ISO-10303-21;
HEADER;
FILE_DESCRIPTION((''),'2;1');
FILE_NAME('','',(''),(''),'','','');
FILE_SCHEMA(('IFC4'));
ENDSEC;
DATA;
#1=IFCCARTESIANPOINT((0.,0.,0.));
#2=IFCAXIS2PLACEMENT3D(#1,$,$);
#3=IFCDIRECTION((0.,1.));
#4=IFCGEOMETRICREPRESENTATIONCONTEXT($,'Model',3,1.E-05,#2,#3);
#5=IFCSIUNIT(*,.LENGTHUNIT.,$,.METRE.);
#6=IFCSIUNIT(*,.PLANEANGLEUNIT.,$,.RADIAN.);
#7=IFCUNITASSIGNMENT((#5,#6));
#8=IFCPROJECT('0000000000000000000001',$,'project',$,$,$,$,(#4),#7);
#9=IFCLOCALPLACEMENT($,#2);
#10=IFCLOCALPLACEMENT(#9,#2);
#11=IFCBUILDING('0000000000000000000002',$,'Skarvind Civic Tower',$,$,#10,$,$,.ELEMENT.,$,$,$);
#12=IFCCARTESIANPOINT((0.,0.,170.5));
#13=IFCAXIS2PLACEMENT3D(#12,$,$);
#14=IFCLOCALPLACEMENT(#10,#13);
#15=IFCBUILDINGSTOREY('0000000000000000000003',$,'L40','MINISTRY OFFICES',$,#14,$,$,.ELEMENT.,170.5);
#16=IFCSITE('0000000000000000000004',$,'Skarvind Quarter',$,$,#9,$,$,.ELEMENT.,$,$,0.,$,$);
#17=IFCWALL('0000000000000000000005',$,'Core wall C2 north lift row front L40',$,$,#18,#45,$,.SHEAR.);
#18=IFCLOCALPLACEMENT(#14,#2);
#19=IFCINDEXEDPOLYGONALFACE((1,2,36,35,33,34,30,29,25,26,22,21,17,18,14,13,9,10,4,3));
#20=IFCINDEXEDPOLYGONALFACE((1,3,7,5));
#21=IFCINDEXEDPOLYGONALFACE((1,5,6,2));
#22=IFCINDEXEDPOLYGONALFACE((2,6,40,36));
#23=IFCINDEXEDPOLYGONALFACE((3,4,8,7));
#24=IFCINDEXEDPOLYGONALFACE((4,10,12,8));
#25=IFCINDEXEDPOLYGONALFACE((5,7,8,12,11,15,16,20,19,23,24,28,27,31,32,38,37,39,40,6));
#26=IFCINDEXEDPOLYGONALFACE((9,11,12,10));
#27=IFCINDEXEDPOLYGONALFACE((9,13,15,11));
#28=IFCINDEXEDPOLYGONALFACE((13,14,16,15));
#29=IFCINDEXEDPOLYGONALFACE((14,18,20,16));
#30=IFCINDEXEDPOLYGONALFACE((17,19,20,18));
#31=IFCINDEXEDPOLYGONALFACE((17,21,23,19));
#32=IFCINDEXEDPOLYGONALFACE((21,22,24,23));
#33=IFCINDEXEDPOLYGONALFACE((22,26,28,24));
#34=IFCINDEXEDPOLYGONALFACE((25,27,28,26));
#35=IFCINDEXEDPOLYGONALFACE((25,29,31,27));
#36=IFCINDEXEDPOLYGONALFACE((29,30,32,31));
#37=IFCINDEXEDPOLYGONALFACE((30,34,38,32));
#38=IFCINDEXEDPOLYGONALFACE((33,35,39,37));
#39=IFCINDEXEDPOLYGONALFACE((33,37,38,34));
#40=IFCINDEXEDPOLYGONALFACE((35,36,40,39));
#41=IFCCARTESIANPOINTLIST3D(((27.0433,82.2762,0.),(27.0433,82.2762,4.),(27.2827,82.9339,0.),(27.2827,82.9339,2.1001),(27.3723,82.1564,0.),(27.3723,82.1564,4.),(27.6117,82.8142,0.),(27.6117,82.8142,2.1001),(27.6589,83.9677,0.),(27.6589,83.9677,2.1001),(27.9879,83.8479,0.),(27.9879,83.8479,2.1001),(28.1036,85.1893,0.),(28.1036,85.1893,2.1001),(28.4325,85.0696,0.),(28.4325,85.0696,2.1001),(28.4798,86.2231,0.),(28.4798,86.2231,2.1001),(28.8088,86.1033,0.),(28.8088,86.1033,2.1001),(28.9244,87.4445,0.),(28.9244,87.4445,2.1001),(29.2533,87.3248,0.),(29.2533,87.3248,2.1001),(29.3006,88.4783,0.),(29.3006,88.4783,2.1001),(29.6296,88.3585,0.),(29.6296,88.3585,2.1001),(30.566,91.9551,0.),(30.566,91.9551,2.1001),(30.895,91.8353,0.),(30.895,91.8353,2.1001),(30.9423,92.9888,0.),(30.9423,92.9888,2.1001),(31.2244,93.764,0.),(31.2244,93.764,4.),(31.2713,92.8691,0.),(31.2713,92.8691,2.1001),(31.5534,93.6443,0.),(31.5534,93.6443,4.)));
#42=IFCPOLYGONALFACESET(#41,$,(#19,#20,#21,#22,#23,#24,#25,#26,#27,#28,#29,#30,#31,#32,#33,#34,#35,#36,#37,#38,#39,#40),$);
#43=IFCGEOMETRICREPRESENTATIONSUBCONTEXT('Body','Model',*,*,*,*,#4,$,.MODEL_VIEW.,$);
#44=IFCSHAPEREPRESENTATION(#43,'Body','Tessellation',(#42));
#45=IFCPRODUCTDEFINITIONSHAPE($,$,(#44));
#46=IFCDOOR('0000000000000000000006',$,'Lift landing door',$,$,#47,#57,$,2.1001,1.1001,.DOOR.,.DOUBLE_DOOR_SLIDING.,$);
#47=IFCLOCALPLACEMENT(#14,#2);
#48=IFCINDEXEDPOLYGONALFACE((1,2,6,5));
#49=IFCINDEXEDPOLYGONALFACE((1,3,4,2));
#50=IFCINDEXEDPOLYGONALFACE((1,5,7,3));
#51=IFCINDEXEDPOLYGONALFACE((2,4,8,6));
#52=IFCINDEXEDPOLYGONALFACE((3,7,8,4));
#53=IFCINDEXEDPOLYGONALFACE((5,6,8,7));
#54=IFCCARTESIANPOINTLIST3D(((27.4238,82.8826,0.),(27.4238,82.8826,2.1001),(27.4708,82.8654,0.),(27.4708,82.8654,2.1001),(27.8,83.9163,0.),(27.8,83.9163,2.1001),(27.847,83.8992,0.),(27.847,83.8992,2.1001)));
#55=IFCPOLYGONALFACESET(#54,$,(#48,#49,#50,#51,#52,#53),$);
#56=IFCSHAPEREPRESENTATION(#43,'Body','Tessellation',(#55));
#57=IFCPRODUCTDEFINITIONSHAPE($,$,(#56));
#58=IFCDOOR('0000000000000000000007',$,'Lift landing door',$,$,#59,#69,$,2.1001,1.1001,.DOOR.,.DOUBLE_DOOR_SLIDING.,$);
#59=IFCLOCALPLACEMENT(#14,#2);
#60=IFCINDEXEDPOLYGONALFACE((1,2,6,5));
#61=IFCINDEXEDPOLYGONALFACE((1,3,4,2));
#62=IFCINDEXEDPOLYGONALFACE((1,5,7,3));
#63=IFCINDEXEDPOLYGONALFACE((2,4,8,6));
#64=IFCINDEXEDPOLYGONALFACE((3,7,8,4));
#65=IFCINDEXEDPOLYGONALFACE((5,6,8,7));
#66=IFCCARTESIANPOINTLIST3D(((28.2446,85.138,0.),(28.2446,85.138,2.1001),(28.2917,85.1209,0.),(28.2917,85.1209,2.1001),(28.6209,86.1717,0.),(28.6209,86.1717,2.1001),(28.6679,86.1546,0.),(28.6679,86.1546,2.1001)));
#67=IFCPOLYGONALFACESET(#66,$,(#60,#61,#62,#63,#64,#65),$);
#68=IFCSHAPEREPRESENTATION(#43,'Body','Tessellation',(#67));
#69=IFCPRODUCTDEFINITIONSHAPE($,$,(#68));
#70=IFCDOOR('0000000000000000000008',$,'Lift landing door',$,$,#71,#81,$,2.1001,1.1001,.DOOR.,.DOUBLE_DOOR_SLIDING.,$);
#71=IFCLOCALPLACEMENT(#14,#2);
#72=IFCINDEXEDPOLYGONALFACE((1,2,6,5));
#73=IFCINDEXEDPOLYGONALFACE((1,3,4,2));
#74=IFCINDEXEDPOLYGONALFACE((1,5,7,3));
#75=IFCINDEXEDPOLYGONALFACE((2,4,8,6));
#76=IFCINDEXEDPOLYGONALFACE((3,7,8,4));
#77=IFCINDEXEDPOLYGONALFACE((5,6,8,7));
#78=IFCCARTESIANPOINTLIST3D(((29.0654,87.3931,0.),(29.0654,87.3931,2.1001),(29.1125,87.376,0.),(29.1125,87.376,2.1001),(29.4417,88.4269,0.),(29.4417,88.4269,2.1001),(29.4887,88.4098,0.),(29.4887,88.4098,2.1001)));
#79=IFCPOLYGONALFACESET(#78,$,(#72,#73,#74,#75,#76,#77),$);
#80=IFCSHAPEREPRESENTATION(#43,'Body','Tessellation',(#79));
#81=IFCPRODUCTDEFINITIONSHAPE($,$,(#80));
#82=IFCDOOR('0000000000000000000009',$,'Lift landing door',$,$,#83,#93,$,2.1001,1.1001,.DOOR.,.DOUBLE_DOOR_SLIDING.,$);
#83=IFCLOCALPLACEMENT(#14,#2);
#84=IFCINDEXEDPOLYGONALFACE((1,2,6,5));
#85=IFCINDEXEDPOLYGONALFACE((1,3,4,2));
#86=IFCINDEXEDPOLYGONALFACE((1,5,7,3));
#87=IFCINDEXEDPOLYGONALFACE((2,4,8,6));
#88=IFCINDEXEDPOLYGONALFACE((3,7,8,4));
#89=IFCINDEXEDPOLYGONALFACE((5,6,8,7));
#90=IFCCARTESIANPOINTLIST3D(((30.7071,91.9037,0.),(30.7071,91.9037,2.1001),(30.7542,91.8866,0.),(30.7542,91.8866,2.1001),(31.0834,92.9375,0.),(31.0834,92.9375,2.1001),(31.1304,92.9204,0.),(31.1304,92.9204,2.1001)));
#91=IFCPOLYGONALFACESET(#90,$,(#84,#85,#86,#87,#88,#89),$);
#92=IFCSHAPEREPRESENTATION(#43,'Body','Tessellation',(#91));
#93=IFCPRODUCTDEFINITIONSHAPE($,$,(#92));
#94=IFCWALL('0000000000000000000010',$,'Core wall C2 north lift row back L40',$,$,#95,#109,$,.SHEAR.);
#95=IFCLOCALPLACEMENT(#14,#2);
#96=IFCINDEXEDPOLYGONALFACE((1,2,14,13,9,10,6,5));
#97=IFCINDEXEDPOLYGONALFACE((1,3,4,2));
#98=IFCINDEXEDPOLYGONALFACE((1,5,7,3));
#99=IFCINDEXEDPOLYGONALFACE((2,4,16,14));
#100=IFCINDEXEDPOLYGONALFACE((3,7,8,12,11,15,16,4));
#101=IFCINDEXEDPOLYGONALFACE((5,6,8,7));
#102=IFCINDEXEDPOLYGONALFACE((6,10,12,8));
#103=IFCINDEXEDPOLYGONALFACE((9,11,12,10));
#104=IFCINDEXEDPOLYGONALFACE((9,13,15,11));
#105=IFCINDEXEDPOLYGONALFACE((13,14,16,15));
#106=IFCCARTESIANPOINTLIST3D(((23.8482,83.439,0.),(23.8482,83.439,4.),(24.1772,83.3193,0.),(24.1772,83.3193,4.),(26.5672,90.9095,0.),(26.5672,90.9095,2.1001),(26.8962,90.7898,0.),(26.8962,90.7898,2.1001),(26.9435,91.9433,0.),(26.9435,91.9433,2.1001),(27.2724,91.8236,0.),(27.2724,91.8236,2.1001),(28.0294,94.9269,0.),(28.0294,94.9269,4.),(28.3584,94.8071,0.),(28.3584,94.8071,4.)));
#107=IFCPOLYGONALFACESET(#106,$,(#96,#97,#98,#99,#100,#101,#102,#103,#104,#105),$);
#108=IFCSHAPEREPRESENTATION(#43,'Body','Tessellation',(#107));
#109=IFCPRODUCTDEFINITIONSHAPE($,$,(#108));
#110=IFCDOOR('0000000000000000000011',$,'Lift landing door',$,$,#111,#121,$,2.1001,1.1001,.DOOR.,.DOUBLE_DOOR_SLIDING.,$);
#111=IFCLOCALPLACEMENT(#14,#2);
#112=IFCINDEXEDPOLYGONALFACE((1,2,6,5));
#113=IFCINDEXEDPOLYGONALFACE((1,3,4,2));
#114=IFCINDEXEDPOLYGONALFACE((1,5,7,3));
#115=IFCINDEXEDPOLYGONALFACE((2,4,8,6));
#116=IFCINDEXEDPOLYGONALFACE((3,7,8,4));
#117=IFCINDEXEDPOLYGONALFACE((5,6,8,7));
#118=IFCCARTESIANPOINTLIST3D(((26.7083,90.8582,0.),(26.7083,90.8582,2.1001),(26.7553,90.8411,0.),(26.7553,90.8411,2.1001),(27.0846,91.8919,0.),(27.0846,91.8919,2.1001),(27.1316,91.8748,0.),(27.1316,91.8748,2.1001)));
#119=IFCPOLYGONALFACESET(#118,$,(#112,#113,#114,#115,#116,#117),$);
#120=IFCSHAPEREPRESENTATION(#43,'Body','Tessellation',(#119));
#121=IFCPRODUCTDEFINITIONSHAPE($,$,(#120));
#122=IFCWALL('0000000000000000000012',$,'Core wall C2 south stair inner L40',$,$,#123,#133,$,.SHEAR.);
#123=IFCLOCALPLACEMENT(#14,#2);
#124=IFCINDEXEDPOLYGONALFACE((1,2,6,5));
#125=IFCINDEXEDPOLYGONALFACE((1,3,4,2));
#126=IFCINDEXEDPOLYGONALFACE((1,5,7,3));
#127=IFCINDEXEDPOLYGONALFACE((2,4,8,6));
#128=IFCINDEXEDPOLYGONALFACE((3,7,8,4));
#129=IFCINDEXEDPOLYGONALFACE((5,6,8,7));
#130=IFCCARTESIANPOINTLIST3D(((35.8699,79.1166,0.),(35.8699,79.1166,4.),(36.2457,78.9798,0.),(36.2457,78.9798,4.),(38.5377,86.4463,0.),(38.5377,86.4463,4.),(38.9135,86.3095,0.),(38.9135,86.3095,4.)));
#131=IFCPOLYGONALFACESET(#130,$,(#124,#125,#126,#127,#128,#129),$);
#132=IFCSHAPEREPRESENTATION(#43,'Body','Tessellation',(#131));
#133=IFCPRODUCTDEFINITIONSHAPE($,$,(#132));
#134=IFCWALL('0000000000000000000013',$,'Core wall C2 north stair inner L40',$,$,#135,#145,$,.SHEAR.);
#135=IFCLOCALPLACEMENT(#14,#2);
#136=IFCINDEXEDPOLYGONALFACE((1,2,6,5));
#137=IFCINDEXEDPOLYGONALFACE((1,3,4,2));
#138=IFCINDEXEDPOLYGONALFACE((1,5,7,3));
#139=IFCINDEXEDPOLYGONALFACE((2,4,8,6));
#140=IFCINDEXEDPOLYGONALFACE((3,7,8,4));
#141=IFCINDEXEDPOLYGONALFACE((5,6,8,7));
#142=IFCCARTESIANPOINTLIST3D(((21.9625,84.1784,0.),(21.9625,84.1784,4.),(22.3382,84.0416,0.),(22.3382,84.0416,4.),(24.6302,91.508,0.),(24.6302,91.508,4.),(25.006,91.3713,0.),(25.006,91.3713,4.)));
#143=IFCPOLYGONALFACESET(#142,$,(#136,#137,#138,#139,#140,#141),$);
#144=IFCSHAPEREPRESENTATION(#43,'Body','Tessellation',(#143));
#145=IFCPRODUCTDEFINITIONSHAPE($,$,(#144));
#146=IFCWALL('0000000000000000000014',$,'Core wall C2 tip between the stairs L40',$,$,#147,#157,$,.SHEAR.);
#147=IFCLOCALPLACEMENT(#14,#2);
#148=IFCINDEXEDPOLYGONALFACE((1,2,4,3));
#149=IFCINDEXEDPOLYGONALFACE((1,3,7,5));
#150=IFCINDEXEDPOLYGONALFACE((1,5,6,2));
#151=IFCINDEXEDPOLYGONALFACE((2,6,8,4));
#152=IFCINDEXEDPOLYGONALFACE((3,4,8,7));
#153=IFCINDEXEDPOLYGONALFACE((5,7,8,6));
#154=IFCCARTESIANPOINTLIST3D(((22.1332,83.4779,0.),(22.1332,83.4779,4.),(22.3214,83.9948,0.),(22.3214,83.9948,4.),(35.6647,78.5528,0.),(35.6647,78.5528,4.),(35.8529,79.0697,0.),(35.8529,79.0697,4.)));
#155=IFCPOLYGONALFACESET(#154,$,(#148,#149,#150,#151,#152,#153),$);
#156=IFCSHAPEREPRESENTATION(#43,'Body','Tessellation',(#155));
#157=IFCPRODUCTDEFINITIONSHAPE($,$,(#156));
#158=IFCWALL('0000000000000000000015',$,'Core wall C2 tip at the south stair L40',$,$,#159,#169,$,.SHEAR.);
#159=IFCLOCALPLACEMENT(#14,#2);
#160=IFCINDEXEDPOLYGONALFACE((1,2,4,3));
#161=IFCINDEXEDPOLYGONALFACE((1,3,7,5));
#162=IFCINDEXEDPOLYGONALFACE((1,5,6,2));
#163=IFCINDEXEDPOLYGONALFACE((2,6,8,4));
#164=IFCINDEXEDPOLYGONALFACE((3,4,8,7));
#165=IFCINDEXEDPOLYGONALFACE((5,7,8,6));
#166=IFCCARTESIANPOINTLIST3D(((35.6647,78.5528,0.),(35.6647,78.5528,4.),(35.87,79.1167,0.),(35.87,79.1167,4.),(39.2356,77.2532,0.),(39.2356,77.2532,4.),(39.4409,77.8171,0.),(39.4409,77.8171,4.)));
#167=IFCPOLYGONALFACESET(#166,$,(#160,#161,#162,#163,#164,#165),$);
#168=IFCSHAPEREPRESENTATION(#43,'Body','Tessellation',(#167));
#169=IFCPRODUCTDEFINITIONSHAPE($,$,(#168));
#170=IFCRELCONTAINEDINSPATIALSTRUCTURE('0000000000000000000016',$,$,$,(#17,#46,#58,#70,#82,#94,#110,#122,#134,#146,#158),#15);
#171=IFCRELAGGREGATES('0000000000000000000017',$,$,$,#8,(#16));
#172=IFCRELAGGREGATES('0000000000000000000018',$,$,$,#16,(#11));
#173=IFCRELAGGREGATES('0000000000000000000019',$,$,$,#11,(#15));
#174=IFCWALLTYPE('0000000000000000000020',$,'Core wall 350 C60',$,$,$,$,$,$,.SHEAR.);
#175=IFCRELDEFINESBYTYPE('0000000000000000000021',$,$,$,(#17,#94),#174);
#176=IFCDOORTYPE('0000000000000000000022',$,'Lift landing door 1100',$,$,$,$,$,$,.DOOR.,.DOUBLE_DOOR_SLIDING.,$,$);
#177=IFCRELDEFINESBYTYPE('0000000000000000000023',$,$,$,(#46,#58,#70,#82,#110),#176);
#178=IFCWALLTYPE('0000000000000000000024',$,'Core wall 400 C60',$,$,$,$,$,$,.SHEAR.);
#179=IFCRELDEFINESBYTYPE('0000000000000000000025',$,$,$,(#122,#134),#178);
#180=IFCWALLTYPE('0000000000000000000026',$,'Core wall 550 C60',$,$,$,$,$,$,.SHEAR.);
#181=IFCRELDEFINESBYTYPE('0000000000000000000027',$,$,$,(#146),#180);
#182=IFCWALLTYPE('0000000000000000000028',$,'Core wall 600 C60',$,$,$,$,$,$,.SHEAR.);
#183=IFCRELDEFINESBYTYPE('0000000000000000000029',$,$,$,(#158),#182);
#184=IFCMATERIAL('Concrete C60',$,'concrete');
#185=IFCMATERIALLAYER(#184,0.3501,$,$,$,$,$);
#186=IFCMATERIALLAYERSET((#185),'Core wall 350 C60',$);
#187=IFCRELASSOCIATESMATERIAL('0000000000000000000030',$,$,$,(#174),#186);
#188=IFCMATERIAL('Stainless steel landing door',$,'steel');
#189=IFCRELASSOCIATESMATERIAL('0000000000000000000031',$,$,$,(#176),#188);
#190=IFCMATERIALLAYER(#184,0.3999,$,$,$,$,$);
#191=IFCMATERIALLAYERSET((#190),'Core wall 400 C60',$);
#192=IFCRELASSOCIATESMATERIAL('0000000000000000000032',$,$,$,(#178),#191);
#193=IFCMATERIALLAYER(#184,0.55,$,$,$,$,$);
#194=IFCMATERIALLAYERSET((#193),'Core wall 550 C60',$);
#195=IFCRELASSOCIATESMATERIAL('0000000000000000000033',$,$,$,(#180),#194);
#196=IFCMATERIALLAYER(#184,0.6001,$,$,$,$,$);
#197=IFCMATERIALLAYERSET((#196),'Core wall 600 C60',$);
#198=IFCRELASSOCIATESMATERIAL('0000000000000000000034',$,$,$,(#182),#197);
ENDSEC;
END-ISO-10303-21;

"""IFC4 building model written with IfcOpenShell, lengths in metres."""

from ifc_helpers import new_model, si_unit, direction, frame, frame_2d, origin, place, context, subcontext, project, spatial, rectangle, extrude, material, layer, layer_set, type_object, element, fill, save


model = new_model("IFC4")

# Units and contexts
model_context = context("Model", 3, precision=1e-05, world=origin(), true_north=direction((0.0, 1.0)))
body_context = subcontext(model_context, "Body", "Model", "MODEL_VIEW")
ifc_project = project(units=[si_unit("LENGTHUNIT", "METRE"), si_unit("PLANEANGLEUNIT", "RADIAN")], contexts=[model_context])

# Site, building, storey
site_placement = place(None, origin())
site = spatial("IfcSite", under=ifc_project, at=site_placement, Name="Skarvind Quarter", CompositionType="ELEMENT", RefElevation=0.0)
building_placement = place(site_placement, origin())
building = spatial("IfcBuilding", under=site, at=building_placement, Name="Skarvind Civic Tower", CompositionType="ELEMENT")
storey_placement = place(building_placement, frame((0.0, 0.0, 170.5)))
storey = spatial("IfcBuildingStorey", under=building, at=storey_placement, Name="L40", Description="MINISTRY OFFICES", CompositionType="ELEMENT", Elevation=170.5)

# Shared definitions
ifc_material_1 = material(Name="Concrete C60", Category="concrete")
ifc_layer_1 = layer(ifc_material_1, 0.3501)
ifc_layer_set_1 = layer_set([ifc_layer_1], Name="Core wall 350 C60")
wall_type_1 = type_object("IfcWallType", Name="Core wall 350 C60", PredefinedType="SHEAR", material=ifc_layer_set_1)

# Wall, openings, doors
wall_1_placement = place(storey_placement, frame((27.2078, 82.2163, 0.0), z_axis=(0.0, 0.0, 1.0), x_axis=(0.342016, 0.939694, 0.0)))
wall_1 = element("IfcWall", 1, at=wall_1_placement, inside=storey, type_object=wall_type_1, Name="Core wall C2 north lift row front L40", PredefinedType="SHEAR", context=body_context, shape_type="SweptSolid", body=[
    extrude(rectangle(XDim=12.2251, YDim=0.3501, at=frame_2d((6.1125, 0.0))), origin(), (0.0, 0.0, 1.0), 4.0),
])
opening_1_placement = place(wall_1_placement, frame((0.7, 0.0, 0.0)))
opening_1 = element("IfcOpeningElement", 2, at=opening_1_placement, cuts=wall_1, PredefinedType="OPENING", context=body_context, shape_type="SweptSolid", body=[
    extrude(rectangle(XDim=1.1001, YDim=2.1001, at=frame_2d((0.55, 1.05))), frame((0.0, 0.1851, 0.0), z_axis=(0.0, -1.0, 0.0), x_axis=(1.0, 0.0, 0.0)), (0.0, 0.0, 1.0), 0.3701),
])
opening_2_placement = place(wall_1_placement, frame((3.1001, 0.0, 0.0)))
opening_2 = element("IfcOpeningElement", 3, at=opening_2_placement, cuts=wall_1, PredefinedType="OPENING", context=body_context, shape_type="SweptSolid", body=[
    extrude(rectangle(XDim=1.1001, YDim=2.1001, at=frame_2d((0.55, 1.05))), frame((0.0, 0.1851, 0.0), z_axis=(0.0, -1.0, 0.0), x_axis=(1.0, 0.0, 0.0)), (0.0, 0.0, 1.0), 0.3701),
])
opening_3_placement = place(wall_1_placement, frame((5.5, 0.0, 0.0)))
opening_3 = element("IfcOpeningElement", 4, at=opening_3_placement, cuts=wall_1, PredefinedType="OPENING", context=body_context, shape_type="SweptSolid", body=[
    extrude(rectangle(XDim=1.1001, YDim=2.1001, at=frame_2d((0.55, 1.05))), frame((0.0, 0.1851, 0.0), z_axis=(0.0, -1.0, 0.0), x_axis=(1.0, 0.0, 0.0)), (0.0, 0.0, 1.0), 0.3701),
])
opening_4_placement = place(wall_1_placement, frame((10.3, 0.0, 0.0)))
opening_4 = element("IfcOpeningElement", 5, at=opening_4_placement, cuts=wall_1, PredefinedType="OPENING", context=body_context, shape_type="SweptSolid", body=[
    extrude(rectangle(XDim=1.1001, YDim=2.1001, at=frame_2d((0.55, 1.05))), frame((0.0, 0.1851, 0.0), z_axis=(0.0, -1.0, 0.0), x_axis=(1.0, 0.0, 0.0)), (0.0, 0.0, 1.0), 0.3701),
])
ifc_material_2 = material(Name="Stainless steel landing door", Category="steel")
door_type_1 = type_object("IfcDoorType", Name="Lift landing door 1100", OperationType="DOUBLE_DOOR_SLIDING", PredefinedType="DOOR", material=ifc_material_2)
door_1_placement = place(opening_1_placement, origin())
door_1 = element("IfcDoor", 6, at=door_1_placement, inside=storey, type_object=door_type_1, Name="Lift landing door", OperationType="DOUBLE_DOOR_SLIDING", OverallHeight=2.1001, OverallWidth=1.1001, PredefinedType="DOOR", context=body_context, shape_type="SweptSolid", body=[
    extrude(rectangle(XDim=1.1001, YDim=2.1001, at=frame_2d((0.55, 1.05))), frame((0.0, 0.0249, 0.0), z_axis=(0.0, -1.0, 0.0), x_axis=(1.0, 0.0, 0.0)), (0.0, 0.0, 1.0), 0.05),
])
fill(opening_1, door_1)
door_2_placement = place(opening_2_placement, origin())
door_2 = element("IfcDoor", 7, at=door_2_placement, inside=storey, type_object=door_type_1, Name="Lift landing door", OperationType="DOUBLE_DOOR_SLIDING", OverallHeight=2.1001, OverallWidth=1.1001, PredefinedType="DOOR", context=body_context, shape_type="SweptSolid", body=[
    extrude(rectangle(XDim=1.1001, YDim=2.1001, at=frame_2d((0.55, 1.05))), frame((0.0, 0.0249, 0.0), z_axis=(0.0, -1.0, 0.0), x_axis=(1.0, 0.0, 0.0)), (0.0, 0.0, 1.0), 0.05),
])
fill(opening_2, door_2)
door_3_placement = place(opening_3_placement, origin())
door_3 = element("IfcDoor", 8, at=door_3_placement, inside=storey, type_object=door_type_1, Name="Lift landing door", OperationType="DOUBLE_DOOR_SLIDING", OverallHeight=2.1001, OverallWidth=1.1001, PredefinedType="DOOR", context=body_context, shape_type="SweptSolid", body=[
    extrude(rectangle(XDim=1.1001, YDim=2.1001, at=frame_2d((0.55, 1.05))), frame((0.0, 0.0249, 0.0), z_axis=(0.0, -1.0, 0.0), x_axis=(1.0, 0.0, 0.0)), (0.0, 0.0, 1.0), 0.05),
])
fill(opening_3, door_3)
door_4_placement = place(opening_4_placement, origin())
door_4 = element("IfcDoor", 9, at=door_4_placement, inside=storey, type_object=door_type_1, Name="Lift landing door", OperationType="DOUBLE_DOOR_SLIDING", OverallHeight=2.1001, OverallWidth=1.1001, PredefinedType="DOOR", context=body_context, shape_type="SweptSolid", body=[
    extrude(rectangle(XDim=1.1001, YDim=2.1001, at=frame_2d((0.55, 1.05))), frame((0.0, 0.0249, 0.0), z_axis=(0.0, -1.0, 0.0), x_axis=(1.0, 0.0, 0.0)), (0.0, 0.0, 1.0), 0.05),
])
fill(opening_4, door_4)

# Wall, opening, door
wall_2_placement = place(storey_placement, frame((24.0127, 83.3792, 0.0), z_axis=(0.0, 0.0, 1.0), x_axis=(0.342016, 0.939694, 0.0)))
wall_2 = element("IfcWall", 10, at=wall_2_placement, inside=storey, type_object=wall_type_1, Name="Core wall C2 north lift row back L40", PredefinedType="SHEAR", context=body_context, shape_type="SweptSolid", body=[
    extrude(rectangle(XDim=12.2251, YDim=0.3501, at=frame_2d((6.1125, 0.0))), origin(), (0.0, 0.0, 1.0), 4.0),
])
opening_5_placement = place(wall_2_placement, frame((7.95, 0.0, 0.0)))
opening_5 = element("IfcOpeningElement", 11, at=opening_5_placement, cuts=wall_2, PredefinedType="OPENING", context=body_context, shape_type="SweptSolid", body=[
    extrude(rectangle(XDim=1.1001, YDim=2.1001, at=frame_2d((0.55, 1.05))), frame((0.0, 0.1851, 0.0), z_axis=(0.0, -1.0, 0.0), x_axis=(1.0, 0.0, 0.0)), (0.0, 0.0, 1.0), 0.3701),
])
door_5_placement = place(opening_5_placement, origin())
door_5 = element("IfcDoor", 12, at=door_5_placement, inside=storey, type_object=door_type_1, Name="Lift landing door", OperationType="DOUBLE_DOOR_SLIDING", OverallHeight=2.1001, OverallWidth=1.1001, PredefinedType="DOOR", context=body_context, shape_type="SweptSolid", body=[
    extrude(rectangle(XDim=1.1001, YDim=2.1001, at=frame_2d((0.55, 1.05))), frame((0.0, 0.0249, 0.0), z_axis=(0.0, -1.0, 0.0), x_axis=(1.0, 0.0, 0.0)), (0.0, 0.0, 1.0), 0.05),
])
fill(opening_5, door_5)

# Walls
ifc_layer_2 = layer(ifc_material_1, 0.3999)
ifc_layer_set_2 = layer_set([ifc_layer_2], Name="Core wall 400 C60")
wall_type_2 = type_object("IfcWallType", Name="Core wall 400 C60", PredefinedType="SHEAR", material=ifc_layer_set_2)
for number, where, z_axis, x_axis, name in (
    (13, (36.0579, 79.0483, 0.0), (0.0, 0.0, 1.0), (0.342017, 0.939694, 0.0), "Core wall C2 south stair inner L40"),
    (14, (22.1504, 84.1101, 0.0), (0.0, 0.0, 1.0), (0.342017, 0.939694, 0.0), "Core wall C2 north stair inner L40"),
):
    element("IfcWall", number, at=place(storey_placement, frame(where, z_axis=z_axis, x_axis=x_axis)), inside=storey, type_object=wall_type_2, Name=name, PredefinedType="SHEAR", context=body_context, shape_type="SweptSolid", body=[
        extrude(rectangle(XDim=7.8, YDim=0.3999, at=frame_2d((3.8999, 0.0))), origin(), (0.0, 0.0, 1.0), 4.0),
    ])
ifc_layer_3 = layer(ifc_material_1, 0.55)
ifc_layer_set_3 = layer_set([ifc_layer_3], Name="Core wall 550 C60")
wall_type_3 = type_object("IfcWallType", Name="Core wall 550 C60", PredefinedType="SHEAR", material=ifc_layer_set_3)
wall_3_placement = place(storey_placement, frame((35.7588, 78.8113, 0.0), z_axis=(0.0, 0.0, 1.0), x_axis=(-0.939693, 0.342019, 0.0)))
element("IfcWall", 15, at=wall_3_placement, inside=storey, type_object=wall_type_3, Name="Core wall C2 tip between the stairs L40", PredefinedType="SHEAR", context=body_context, shape_type="SweptSolid", body=[
    extrude(rectangle(XDim=14.3999, YDim=0.55, at=frame_2d((7.2, 0.0))), origin(), (0.0, 0.0, 1.0), 4.0),
])
ifc_layer_4 = layer(ifc_material_1, 0.6001)
ifc_layer_set_4 = layer_set([ifc_layer_4], Name="Core wall 600 C60")
wall_type_4 = type_object("IfcWallType", Name="Core wall 600 C60", PredefinedType="SHEAR", material=ifc_layer_set_4)
for number, where, z_axis, x_axis, name in (
    (16, (39.3381, 77.5352, 0.0), (0.0, 0.0, 1.0), (-0.939701, 0.341996, 0.0), "Core wall C2 tip at the south stair L40"),
):
    element("IfcWall", number, at=place(storey_placement, frame(where, z_axis=z_axis, x_axis=x_axis)), inside=storey, type_object=wall_type_4, Name=name, PredefinedType="SHEAR", context=body_context, shape_type="SweptSolid", body=[
        extrude(rectangle(XDim=3.8, YDim=0.6001, at=frame_2d((1.8999, 0.0))), origin(), (0.0, 0.0, 1.0), 4.0),
    ])

save(model, "model.ifc")
